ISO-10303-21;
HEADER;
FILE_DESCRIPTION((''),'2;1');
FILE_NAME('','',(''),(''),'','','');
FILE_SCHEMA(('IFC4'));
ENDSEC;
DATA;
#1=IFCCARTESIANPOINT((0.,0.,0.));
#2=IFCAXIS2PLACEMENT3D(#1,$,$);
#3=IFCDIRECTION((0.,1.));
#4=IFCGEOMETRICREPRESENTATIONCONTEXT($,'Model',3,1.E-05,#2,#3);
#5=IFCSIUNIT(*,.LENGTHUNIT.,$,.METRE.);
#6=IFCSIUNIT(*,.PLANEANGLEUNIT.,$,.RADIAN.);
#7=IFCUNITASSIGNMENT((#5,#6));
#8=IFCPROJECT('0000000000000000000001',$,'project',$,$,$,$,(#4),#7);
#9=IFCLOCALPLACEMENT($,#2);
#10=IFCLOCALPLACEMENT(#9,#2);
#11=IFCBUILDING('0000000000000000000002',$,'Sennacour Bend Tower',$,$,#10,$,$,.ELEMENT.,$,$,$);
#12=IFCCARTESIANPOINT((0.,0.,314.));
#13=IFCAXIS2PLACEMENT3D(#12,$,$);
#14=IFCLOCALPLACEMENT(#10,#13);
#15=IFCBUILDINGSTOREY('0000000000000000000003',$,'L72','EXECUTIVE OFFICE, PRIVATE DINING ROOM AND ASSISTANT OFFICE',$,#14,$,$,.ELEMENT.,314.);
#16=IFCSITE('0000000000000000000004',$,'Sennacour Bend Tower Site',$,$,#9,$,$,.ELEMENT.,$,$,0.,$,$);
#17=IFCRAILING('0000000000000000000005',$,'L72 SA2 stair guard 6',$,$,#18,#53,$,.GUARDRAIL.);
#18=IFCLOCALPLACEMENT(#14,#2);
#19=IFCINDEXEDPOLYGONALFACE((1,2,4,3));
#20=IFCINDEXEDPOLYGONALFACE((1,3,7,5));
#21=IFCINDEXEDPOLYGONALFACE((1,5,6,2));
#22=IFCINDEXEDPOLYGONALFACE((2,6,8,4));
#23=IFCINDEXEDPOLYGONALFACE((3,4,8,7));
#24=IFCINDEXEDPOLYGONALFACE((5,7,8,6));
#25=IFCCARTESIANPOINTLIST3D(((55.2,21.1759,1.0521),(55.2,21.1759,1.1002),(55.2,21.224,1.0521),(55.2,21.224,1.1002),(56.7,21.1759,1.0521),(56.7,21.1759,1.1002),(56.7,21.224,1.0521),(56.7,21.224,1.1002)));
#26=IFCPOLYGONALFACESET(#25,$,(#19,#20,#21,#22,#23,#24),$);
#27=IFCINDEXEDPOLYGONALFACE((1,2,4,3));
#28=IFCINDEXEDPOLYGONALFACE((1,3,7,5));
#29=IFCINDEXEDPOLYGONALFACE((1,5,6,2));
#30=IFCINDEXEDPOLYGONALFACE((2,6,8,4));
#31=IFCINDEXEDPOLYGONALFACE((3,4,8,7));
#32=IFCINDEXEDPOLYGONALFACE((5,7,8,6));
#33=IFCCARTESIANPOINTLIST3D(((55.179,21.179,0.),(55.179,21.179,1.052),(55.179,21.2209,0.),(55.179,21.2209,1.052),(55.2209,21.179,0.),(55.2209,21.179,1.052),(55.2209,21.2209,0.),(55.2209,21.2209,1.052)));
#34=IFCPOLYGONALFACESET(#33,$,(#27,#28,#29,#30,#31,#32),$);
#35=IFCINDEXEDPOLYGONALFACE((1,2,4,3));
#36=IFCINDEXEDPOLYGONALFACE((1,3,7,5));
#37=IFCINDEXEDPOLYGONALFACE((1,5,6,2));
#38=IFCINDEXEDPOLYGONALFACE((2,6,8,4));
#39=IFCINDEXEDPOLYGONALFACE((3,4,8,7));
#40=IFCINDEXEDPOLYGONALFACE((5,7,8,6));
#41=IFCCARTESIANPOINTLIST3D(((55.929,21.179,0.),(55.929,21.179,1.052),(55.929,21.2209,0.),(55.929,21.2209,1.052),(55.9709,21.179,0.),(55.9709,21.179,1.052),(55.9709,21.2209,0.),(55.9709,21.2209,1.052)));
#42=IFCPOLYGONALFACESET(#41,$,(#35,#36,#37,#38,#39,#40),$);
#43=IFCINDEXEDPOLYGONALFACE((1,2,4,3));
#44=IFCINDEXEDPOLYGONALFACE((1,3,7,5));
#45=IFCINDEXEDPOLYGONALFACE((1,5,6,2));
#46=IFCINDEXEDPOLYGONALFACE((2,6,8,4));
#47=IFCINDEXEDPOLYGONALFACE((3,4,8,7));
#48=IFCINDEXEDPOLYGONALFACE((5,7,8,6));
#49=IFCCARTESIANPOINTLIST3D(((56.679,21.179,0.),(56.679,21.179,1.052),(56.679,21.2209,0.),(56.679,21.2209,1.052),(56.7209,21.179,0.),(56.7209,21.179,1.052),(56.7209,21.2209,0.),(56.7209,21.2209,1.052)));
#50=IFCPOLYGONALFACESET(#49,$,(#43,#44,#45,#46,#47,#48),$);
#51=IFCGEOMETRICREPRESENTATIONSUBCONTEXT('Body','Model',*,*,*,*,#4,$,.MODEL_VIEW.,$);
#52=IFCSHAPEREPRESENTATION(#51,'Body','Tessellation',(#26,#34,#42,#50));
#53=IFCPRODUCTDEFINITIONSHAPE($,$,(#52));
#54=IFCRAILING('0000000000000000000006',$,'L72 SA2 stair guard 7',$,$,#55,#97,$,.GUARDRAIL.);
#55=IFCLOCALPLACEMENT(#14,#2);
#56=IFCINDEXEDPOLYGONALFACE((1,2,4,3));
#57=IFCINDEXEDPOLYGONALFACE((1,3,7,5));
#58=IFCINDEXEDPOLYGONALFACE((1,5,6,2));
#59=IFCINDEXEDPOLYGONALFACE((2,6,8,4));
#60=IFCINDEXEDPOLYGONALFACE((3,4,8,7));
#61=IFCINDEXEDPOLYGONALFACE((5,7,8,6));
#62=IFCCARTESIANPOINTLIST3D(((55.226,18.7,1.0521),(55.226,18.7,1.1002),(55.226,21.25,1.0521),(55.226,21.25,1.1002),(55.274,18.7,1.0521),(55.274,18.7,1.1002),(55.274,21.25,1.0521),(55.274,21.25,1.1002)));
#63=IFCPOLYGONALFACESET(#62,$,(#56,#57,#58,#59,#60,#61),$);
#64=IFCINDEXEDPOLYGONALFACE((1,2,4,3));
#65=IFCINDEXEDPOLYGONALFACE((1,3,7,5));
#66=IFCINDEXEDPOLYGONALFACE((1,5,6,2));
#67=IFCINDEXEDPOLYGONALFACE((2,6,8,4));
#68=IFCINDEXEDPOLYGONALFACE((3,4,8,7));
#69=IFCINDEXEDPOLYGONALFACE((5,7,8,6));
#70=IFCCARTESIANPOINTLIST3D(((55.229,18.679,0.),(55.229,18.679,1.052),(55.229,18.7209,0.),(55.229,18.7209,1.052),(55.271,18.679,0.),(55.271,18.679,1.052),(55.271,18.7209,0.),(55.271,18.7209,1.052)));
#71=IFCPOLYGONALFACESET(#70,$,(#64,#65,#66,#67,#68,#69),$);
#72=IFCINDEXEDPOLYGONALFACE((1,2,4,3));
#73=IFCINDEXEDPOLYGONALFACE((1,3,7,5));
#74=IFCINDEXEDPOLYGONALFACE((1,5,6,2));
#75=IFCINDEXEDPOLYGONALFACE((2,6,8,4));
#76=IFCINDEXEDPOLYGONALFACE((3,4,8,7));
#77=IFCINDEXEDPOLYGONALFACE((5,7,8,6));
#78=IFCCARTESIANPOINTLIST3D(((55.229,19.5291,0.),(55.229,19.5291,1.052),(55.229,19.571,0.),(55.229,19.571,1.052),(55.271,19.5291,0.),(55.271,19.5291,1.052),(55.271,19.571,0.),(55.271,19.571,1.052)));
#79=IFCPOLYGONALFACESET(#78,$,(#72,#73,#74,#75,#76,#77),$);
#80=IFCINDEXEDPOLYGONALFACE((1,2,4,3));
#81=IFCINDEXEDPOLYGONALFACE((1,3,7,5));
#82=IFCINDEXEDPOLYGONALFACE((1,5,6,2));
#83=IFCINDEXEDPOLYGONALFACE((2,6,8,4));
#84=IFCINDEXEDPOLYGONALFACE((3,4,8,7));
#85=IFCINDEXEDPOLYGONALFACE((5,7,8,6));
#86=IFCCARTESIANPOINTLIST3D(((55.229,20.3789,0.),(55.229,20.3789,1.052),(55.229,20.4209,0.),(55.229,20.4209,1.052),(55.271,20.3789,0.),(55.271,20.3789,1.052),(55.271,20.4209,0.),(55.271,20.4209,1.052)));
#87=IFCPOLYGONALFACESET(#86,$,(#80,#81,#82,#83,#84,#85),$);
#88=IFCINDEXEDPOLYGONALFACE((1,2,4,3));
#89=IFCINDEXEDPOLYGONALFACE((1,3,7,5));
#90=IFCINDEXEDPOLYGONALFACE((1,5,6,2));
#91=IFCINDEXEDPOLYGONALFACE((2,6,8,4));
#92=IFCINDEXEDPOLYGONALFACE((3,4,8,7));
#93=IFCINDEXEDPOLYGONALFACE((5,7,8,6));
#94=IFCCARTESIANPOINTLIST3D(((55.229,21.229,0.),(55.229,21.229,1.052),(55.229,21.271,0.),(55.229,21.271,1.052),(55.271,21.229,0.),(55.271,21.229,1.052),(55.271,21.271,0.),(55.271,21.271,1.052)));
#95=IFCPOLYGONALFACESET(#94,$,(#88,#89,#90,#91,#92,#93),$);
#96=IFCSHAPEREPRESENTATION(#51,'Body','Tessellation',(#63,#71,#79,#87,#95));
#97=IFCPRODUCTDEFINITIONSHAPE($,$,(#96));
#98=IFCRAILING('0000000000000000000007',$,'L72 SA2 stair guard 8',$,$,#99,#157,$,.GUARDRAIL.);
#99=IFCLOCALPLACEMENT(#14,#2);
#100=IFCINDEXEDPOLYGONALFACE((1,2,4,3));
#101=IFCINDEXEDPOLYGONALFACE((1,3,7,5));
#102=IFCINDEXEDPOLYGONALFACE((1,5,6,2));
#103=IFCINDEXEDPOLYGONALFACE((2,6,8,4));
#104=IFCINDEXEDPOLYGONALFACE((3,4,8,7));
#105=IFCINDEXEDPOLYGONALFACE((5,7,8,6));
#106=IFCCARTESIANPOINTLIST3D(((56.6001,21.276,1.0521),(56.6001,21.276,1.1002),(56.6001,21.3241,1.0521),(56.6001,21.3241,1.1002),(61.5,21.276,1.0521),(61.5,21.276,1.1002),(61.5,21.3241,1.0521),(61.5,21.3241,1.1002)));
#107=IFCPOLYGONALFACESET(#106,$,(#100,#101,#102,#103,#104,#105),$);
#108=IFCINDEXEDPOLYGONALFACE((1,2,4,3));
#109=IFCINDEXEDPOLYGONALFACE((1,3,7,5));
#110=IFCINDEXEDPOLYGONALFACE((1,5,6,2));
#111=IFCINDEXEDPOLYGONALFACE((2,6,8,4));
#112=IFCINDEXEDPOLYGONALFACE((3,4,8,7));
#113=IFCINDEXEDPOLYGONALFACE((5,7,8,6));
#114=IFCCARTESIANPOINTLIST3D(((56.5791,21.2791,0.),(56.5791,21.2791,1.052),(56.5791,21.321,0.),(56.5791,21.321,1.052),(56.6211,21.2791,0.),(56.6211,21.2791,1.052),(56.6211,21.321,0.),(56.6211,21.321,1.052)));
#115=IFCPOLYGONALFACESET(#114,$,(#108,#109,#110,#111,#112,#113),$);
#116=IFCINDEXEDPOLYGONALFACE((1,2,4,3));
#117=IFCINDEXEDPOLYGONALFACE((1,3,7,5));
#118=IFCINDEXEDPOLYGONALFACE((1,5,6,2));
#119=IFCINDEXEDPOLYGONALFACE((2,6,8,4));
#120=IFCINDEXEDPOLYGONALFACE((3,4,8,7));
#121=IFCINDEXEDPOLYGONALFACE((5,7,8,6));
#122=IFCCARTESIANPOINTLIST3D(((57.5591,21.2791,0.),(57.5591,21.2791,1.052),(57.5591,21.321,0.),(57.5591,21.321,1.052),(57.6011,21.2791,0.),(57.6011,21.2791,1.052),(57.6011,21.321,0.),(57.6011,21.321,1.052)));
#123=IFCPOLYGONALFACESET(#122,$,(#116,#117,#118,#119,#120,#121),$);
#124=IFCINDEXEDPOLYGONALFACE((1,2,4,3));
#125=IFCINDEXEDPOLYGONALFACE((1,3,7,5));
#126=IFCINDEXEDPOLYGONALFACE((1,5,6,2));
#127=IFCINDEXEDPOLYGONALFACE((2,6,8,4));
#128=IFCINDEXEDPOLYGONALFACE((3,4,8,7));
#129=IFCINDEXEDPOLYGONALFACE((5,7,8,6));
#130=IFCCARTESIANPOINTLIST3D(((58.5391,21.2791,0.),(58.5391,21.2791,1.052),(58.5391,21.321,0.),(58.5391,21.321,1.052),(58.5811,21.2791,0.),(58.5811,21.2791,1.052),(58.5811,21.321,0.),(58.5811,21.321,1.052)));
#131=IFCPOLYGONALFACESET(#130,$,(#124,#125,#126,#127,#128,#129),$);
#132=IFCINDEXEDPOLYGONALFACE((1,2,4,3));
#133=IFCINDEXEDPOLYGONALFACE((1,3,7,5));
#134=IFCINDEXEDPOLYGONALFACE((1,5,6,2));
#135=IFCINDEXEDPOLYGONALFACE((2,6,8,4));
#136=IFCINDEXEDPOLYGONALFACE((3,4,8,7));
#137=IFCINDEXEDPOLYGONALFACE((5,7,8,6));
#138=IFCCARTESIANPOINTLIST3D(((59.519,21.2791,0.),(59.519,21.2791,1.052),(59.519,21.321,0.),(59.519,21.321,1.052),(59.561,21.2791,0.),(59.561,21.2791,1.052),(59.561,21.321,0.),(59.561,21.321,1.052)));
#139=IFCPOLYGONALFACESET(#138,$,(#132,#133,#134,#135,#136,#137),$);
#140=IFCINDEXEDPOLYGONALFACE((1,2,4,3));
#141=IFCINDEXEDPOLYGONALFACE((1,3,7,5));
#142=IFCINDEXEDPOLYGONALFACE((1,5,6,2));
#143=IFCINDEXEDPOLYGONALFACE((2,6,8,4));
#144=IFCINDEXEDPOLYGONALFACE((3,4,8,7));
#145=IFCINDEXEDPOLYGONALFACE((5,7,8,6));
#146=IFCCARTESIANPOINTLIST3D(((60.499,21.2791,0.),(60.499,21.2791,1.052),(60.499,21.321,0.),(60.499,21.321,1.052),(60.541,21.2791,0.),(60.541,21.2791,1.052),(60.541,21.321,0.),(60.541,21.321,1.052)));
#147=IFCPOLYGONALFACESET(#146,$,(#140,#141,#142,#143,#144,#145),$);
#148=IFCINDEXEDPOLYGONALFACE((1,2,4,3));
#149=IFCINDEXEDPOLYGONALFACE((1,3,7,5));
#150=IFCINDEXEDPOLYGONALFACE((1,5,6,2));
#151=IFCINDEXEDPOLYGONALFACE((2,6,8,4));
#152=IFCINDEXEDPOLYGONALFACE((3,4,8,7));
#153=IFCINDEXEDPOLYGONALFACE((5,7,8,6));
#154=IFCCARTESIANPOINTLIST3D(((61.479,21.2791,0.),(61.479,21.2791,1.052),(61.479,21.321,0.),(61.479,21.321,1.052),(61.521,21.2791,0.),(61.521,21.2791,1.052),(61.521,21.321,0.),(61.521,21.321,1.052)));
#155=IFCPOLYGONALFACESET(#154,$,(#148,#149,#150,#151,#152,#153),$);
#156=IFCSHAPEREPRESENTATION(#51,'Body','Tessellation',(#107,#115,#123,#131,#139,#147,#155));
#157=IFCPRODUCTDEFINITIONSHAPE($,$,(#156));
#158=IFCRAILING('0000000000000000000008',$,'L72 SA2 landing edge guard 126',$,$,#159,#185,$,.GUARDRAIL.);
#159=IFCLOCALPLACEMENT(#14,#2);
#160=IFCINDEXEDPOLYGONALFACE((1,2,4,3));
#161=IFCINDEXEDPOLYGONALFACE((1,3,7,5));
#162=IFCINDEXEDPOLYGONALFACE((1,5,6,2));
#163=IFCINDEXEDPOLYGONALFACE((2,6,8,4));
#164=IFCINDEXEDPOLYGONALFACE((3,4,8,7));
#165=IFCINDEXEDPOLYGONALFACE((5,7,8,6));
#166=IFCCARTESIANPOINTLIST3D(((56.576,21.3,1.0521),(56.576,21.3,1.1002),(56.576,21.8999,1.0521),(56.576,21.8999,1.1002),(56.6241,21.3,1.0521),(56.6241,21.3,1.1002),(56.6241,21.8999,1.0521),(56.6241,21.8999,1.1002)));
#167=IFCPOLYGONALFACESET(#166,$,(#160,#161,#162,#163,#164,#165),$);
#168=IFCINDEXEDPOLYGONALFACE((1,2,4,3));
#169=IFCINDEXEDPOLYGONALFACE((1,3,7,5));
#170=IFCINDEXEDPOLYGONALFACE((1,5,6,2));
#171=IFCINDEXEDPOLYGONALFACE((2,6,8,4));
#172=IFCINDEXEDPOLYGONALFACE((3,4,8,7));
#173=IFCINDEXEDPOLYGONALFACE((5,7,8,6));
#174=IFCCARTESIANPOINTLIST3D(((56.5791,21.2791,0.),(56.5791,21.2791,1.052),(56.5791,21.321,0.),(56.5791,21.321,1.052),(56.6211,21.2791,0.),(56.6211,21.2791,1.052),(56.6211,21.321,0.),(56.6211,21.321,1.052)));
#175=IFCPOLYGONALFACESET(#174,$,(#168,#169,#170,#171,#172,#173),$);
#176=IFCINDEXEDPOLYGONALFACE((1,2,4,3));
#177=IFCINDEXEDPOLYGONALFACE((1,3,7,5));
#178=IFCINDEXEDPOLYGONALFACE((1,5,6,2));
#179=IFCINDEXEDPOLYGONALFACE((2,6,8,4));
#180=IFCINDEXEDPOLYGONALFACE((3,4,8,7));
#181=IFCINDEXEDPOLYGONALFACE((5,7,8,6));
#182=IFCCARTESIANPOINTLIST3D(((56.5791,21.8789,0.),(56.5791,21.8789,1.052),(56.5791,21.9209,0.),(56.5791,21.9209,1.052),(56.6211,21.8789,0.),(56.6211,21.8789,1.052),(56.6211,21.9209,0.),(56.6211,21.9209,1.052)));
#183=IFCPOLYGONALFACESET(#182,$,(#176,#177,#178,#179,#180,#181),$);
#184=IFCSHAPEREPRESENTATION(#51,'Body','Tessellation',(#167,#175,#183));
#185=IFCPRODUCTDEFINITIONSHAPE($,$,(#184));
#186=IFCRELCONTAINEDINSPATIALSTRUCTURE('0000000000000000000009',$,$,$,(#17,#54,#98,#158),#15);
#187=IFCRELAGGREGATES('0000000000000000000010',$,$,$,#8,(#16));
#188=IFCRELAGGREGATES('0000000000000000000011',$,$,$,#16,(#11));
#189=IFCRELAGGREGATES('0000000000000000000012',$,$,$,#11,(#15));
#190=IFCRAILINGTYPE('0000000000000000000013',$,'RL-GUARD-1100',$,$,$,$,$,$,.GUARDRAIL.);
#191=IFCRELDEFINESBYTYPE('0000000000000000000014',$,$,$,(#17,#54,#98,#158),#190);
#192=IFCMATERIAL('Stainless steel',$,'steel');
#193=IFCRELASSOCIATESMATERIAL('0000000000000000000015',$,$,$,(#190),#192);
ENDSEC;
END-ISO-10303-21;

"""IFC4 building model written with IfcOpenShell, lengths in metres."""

from ifc_helpers import new_model, si_unit, direction, frame, origin, origin_2d, place, context, subcontext, project, spatial, rectangle, extrude, material, type_object, element, save


model = new_model("IFC4")

# Units and contexts
model_context = context("Model", 3, precision=1e-05, world=origin(), true_north=direction((0.0, 1.0)))
body_context = subcontext(model_context, "Body", "Model", "MODEL_VIEW")
ifc_project = project(units=[si_unit("LENGTHUNIT", "METRE"), si_unit("PLANEANGLEUNIT", "RADIAN")], contexts=[model_context])

# Site, building, storey
site_placement = place(None, origin())
site = spatial("IfcSite", under=ifc_project, at=site_placement, Name="Sennacour Bend Tower Site", CompositionType="ELEMENT", RefElevation=0.0)
building_placement = place(site_placement, origin())
building = spatial("IfcBuilding", under=site, at=building_placement, Name="Sennacour Bend Tower", CompositionType="ELEMENT")
storey_placement = place(building_placement, frame((0.0, 0.0, 314.0)))
storey = spatial("IfcBuildingStorey", under=building, at=storey_placement, Name="L72", Description="EXECUTIVE OFFICE, PRIVATE DINING ROOM AND ASSISTANT OFFICE", CompositionType="ELEMENT", Elevation=314.0)

# Shared definitions
ifc_material_1 = material(Name="Stainless steel", Category="steel")

# Railings
railing_type = type_object("IfcRailingType", Name="RL-GUARD-1100", PredefinedType="GUARDRAIL", material=ifc_material_1)
railing_1_placement = place(storey_placement, frame((55.2, 21.2, 0.0)))
element("IfcRailing", 1, at=railing_1_placement, inside=storey, type_object=railing_type, Name="L72 SA2 stair guard 6", PredefinedType="GUARDRAIL", context=body_context, shape_type="SweptSolid", body=[
    extrude(rectangle(XDim=0.0481, YDim=0.0481, at=origin_2d()), frame((0.0, 0.0, 1.0762), z_axis=(1.0, 0.0, 0.0), x_axis=(0.0, 1.0, 0.0)), (0.0, 0.0, 1.0), 1.5),
    extrude(rectangle(XDim=0.042, YDim=0.042, at=origin_2d()), origin(), (0.0, 0.0, 1.0), 1.052),
    extrude(rectangle(XDim=0.042, YDim=0.042, at=origin_2d()), frame((0.75, 0.0, 0.0)), (0.0, 0.0, 1.0), 1.052),
    extrude(rectangle(XDim=0.042, YDim=0.042, at=origin_2d()), frame((1.5, 0.0, 0.0)), (0.0, 0.0, 1.0), 1.052),
])
railing_2_placement = place(storey_placement, frame((55.25, 18.7, 0.0)))
element("IfcRailing", 2, at=railing_2_placement, inside=storey, type_object=railing_type, Name="L72 SA2 stair guard 7", PredefinedType="GUARDRAIL", context=body_context, shape_type="SweptSolid", body=[
    extrude(rectangle(XDim=0.0481, YDim=0.0481, at=origin_2d()), frame((0.0, 0.0, 1.0762), z_axis=(0.0, 1.0, 0.0), x_axis=(-1.0, 0.0, 0.0)), (0.0, 0.0, 1.0), 2.55),
    extrude(rectangle(XDim=0.042, YDim=0.042, at=origin_2d()), origin(), (0.0, 0.0, 1.0), 1.052),
    extrude(rectangle(XDim=0.042, YDim=0.042, at=origin_2d()), frame((0.0, 0.8501, 0.0)), (0.0, 0.0, 1.0), 1.052),
    extrude(rectangle(XDim=0.042, YDim=0.042, at=origin_2d()), frame((0.0, 1.7, 0.0)), (0.0, 0.0, 1.0), 1.052),
    extrude(rectangle(XDim=0.042, YDim=0.042, at=origin_2d()), frame((0.0, 2.55, 0.0)), (0.0, 0.0, 1.0), 1.052),
])
railing_3_placement = place(storey_placement, frame((56.6001, 21.3, 0.0)))
element("IfcRailing", 3, at=railing_3_placement, inside=storey, type_object=railing_type, Name="L72 SA2 stair guard 8", PredefinedType="GUARDRAIL", context=body_context, shape_type="SweptSolid", body=[
    extrude(rectangle(XDim=0.0481, YDim=0.0481, at=origin_2d()), frame((0.0, 0.0, 1.0762), z_axis=(1.0, 0.0, 0.0), x_axis=(0.0, 1.0, 0.0)), (0.0, 0.0, 1.0), 4.8999),
    extrude(rectangle(XDim=0.042, YDim=0.042, at=origin_2d()), origin(), (0.0, 0.0, 1.0), 1.052),
    extrude(rectangle(XDim=0.042, YDim=0.042, at=origin_2d()), frame((0.98, 0.0, 0.0)), (0.0, 0.0, 1.0), 1.052),
    extrude(rectangle(XDim=0.042, YDim=0.042, at=origin_2d()), frame((1.96, 0.0, 0.0)), (0.0, 0.0, 1.0), 1.052),
    extrude(rectangle(XDim=0.042, YDim=0.042, at=origin_2d()), frame((2.9399, 0.0, 0.0)), (0.0, 0.0, 1.0), 1.052),
    extrude(rectangle(XDim=0.042, YDim=0.042, at=origin_2d()), frame((3.9199, 0.0, 0.0)), (0.0, 0.0, 1.0), 1.052),
    extrude(rectangle(XDim=0.042, YDim=0.042, at=origin_2d()), frame((4.8999, 0.0, 0.0)), (0.0, 0.0, 1.0), 1.052),
])
railing_4_placement = place(storey_placement, frame((56.6001, 21.3, 0.0)))
element("IfcRailing", 4, at=railing_4_placement, inside=storey, type_object=railing_type, Name="L72 SA2 landing edge guard 126", PredefinedType="GUARDRAIL", context=body_context, shape_type="SweptSolid", body=[
    extrude(rectangle(XDim=0.0481, YDim=0.0481, at=origin_2d()), frame((0.0, 0.0, 1.0762), z_axis=(0.0, 1.0, 0.0), x_axis=(-1.0, 0.0, 0.0)), (0.0, 0.0, 1.0), 0.5999),
    extrude(rectangle(XDim=0.042, YDim=0.042, at=origin_2d()), origin(), (0.0, 0.0, 1.0), 1.052),
    extrude(rectangle(XDim=0.042, YDim=0.042, at=origin_2d()), frame((0.0, 0.5999, 0.0)), (0.0, 0.0, 1.0), 1.052),
])

save(model, "model.ifc")
